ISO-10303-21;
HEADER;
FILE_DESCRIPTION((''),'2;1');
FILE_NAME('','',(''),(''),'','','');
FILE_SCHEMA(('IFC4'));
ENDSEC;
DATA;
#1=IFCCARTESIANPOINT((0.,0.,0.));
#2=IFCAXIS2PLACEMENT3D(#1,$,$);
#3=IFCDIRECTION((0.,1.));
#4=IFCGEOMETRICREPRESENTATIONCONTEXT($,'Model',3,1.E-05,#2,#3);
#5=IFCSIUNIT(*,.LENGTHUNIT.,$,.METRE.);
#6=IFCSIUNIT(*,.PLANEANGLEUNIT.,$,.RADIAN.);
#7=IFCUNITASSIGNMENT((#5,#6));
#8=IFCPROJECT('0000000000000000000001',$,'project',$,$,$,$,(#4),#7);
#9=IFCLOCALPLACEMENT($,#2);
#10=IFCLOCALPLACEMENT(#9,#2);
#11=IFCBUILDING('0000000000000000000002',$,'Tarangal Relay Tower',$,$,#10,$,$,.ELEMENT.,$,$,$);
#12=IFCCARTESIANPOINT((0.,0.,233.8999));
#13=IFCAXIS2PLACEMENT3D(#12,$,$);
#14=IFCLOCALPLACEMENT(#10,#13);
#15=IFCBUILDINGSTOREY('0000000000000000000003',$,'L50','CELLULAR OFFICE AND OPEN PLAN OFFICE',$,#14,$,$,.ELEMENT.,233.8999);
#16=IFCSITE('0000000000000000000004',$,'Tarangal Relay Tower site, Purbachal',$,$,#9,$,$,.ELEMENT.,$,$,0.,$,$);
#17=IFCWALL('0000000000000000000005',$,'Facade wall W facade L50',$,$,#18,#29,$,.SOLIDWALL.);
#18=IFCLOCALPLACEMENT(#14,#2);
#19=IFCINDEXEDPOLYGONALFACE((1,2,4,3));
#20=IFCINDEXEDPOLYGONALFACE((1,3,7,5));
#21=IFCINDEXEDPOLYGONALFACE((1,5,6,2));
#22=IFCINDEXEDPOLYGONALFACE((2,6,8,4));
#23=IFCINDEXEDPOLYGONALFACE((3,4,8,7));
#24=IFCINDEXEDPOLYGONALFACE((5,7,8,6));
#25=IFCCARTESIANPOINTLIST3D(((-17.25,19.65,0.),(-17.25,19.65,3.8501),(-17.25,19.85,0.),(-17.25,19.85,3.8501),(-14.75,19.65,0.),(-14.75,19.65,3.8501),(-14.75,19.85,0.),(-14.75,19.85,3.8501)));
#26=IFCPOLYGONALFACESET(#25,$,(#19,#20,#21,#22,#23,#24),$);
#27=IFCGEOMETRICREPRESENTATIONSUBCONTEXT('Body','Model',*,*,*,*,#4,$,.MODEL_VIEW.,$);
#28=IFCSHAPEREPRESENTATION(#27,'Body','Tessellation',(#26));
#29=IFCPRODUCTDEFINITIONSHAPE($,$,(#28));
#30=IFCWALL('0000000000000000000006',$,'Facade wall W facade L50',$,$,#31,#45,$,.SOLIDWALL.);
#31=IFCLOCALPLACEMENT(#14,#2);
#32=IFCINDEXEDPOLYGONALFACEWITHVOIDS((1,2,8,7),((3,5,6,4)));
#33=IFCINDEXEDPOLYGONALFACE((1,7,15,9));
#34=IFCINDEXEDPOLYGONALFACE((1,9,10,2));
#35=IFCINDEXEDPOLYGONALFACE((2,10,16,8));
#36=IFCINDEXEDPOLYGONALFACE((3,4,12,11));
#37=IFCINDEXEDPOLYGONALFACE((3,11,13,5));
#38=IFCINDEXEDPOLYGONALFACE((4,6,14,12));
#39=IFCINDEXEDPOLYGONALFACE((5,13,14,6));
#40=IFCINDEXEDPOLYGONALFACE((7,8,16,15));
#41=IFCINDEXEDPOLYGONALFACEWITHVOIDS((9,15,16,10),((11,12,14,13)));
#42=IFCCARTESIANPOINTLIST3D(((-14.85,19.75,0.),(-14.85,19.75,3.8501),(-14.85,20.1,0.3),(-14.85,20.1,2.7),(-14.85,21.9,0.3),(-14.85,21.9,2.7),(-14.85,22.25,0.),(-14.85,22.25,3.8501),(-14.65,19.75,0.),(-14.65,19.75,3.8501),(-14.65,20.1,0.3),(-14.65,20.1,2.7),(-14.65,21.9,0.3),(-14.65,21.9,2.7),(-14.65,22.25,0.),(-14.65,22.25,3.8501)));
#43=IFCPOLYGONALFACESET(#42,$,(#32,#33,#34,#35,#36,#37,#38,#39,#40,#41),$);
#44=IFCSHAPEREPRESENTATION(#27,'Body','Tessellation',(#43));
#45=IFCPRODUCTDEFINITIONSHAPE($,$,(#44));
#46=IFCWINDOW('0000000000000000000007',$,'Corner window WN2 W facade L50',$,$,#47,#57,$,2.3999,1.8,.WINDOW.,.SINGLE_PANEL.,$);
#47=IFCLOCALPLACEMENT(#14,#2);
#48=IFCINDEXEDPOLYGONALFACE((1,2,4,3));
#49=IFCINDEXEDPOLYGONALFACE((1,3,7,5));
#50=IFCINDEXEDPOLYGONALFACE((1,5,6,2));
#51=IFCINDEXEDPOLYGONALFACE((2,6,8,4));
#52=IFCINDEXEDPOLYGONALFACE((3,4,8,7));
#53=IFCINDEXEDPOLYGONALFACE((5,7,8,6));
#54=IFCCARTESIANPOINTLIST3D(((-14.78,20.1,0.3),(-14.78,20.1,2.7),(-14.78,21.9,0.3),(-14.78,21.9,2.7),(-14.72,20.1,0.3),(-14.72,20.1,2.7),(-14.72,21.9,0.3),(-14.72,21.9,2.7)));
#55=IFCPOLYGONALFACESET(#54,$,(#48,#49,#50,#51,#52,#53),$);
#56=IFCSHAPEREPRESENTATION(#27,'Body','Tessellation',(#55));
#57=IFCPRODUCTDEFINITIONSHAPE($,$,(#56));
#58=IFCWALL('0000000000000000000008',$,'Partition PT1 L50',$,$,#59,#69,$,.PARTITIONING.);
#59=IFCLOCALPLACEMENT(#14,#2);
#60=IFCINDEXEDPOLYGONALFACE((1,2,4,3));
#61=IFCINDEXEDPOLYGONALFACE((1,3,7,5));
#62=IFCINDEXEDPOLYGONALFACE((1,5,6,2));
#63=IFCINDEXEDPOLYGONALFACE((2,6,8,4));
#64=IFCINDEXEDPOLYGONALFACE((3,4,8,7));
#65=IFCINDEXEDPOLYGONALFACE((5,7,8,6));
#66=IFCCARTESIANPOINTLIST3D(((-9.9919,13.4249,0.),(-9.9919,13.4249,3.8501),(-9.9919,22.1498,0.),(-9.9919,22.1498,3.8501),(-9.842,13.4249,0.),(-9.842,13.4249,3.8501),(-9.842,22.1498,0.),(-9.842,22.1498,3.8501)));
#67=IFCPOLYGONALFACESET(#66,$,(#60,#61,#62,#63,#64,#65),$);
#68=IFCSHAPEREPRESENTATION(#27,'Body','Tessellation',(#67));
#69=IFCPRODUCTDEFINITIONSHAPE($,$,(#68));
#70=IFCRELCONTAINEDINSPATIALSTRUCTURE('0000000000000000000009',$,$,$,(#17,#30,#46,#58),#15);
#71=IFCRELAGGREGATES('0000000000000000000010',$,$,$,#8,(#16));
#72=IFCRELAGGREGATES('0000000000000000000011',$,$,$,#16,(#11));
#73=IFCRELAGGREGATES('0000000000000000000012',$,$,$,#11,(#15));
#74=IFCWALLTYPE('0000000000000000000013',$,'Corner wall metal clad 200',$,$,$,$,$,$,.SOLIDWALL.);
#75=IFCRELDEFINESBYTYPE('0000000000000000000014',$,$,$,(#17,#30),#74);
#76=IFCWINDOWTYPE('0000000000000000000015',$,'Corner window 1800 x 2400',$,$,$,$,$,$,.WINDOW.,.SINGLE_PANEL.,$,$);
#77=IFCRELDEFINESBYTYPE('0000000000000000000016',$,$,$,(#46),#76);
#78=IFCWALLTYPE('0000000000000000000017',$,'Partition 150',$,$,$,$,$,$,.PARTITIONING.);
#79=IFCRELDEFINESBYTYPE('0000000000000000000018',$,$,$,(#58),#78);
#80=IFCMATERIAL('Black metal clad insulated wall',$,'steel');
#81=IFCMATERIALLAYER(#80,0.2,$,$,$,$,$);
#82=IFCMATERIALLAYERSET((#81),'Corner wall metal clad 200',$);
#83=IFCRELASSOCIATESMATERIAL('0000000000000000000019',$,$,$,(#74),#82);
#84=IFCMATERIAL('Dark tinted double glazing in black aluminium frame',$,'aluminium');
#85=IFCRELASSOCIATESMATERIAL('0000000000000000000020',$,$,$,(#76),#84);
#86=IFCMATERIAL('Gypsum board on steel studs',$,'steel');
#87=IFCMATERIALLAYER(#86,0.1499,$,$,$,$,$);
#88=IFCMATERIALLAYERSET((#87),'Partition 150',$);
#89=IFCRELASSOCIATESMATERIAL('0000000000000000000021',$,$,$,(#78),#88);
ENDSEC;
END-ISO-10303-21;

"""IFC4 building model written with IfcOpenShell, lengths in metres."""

from ifc_helpers import new_model, si_unit, direction, frame, frame_2d, origin, place, context, subcontext, project, spatial, rectangle, extrude, material, layer, layer_set, type_object, element, fill, save


model = new_model("IFC4")

# Units and contexts
model_context = context("Model", 3, precision=1e-05, world=origin(), true_north=direction((0.0, 1.0)))
body_context = subcontext(model_context, "Body", "Model", "MODEL_VIEW")
ifc_project = project(units=[si_unit("LENGTHUNIT", "METRE"), si_unit("PLANEANGLEUNIT", "RADIAN")], contexts=[model_context])

# Site, building, storey
site_placement = place(None, origin())
site = spatial("IfcSite", under=ifc_project, at=site_placement, Name="Tarangal Relay Tower site, Purbachal", CompositionType="ELEMENT", RefElevation=0.0)
building_placement = place(site_placement, origin())
building = spatial("IfcBuilding", under=site, at=building_placement, Name="Tarangal Relay Tower", CompositionType="ELEMENT")
storey_placement = place(building_placement, frame((0.0, 0.0, 233.8999)))
storey = spatial("IfcBuildingStorey", under=building, at=storey_placement, Name="L50", Description="CELLULAR OFFICE AND OPEN PLAN OFFICE", CompositionType="ELEMENT", Elevation=233.8999)

# Wall
ifc_material_1 = material(Name="Black metal clad insulated wall", Category="steel")
ifc_layer_1 = layer(ifc_material_1, 0.2)
ifc_layer_set_1 = layer_set([ifc_layer_1], Name="Corner wall metal clad 200")
wall_type_1 = type_object("IfcWallType", Name="Corner wall metal clad 200", PredefinedType="SOLIDWALL", material=ifc_layer_set_1)
wall_1_placement = place(storey_placement, frame((-17.25, 19.75, 0.0), z_axis=(0.0, 0.0, 1.0), x_axis=(1.0, 0.0, 0.0)))
element("IfcWall", 1, at=wall_1_placement, inside=storey, type_object=wall_type_1, Name="Facade wall W facade L50", PredefinedType="SOLIDWALL", context=body_context, shape_type="SweptSolid", body=[
    extrude(rectangle(XDim=2.5, YDim=0.2, at=frame_2d((1.25, 0.0))), origin(), (0.0, 0.0, 1.0), 3.8501),
])

# Wall, opening, window
wall_2_placement = place(storey_placement, frame((-14.75, 19.75, 0.0), z_axis=(0.0, 0.0, 1.0), x_axis=(0.0, 1.0, 0.0)))
wall_2 = element("IfcWall", 2, at=wall_2_placement, inside=storey, type_object=wall_type_1, Name="Facade wall W facade L50", PredefinedType="SOLIDWALL", context=body_context, shape_type="SweptSolid", body=[
    extrude(rectangle(XDim=2.5, YDim=0.2, at=frame_2d((1.25, 0.0))), origin(), (0.0, 0.0, 1.0), 3.8501),
])
opening_1_placement = place(wall_2_placement, frame((0.3501, 0.0, 0.3)))
opening_1 = element("IfcOpeningElement", 3, at=opening_1_placement, cuts=wall_2, PredefinedType="OPENING", context=body_context, shape_type="SweptSolid", body=[
    extrude(rectangle(XDim=1.8, YDim=2.3999, at=frame_2d((0.8999, 1.2))), frame((0.0, 0.1099, 0.0), z_axis=(0.0, -1.0, 0.0), x_axis=(1.0, 0.0, 0.0)), (0.0, 0.0, 1.0), 0.22),
])
ifc_material_2 = material(Name="Dark tinted double glazing in black aluminium frame", Category="aluminium")
window_type = type_object("IfcWindowType", Name="Corner window 1800 x 2400", PartitioningType="SINGLE_PANEL", PredefinedType="WINDOW", material=ifc_material_2)
window_placement = place(opening_1_placement, origin())
window = element("IfcWindow", 4, at=window_placement, inside=storey, type_object=window_type, Name="Corner window WN2 W facade L50", OverallHeight=2.3999, OverallWidth=1.8, PartitioningType="SINGLE_PANEL", PredefinedType="WINDOW", context=body_context, shape_type="SweptSolid", body=[
    extrude(rectangle(XDim=1.8, YDim=2.3999, at=frame_2d((0.8999, 1.2))), frame((0.0, 0.03, 0.0), z_axis=(0.0, -1.0, 0.0), x_axis=(1.0, 0.0, 0.0)), (0.0, 0.0, 1.0), 0.0601),
])
fill(opening_1, window)

# Shared definitions
ifc_material_3 = material(Name="Gypsum board on steel studs", Category="steel")
ifc_layer_2 = layer(ifc_material_3, 0.1499)
ifc_layer_set_2 = layer_set([ifc_layer_2], Name="Partition 150")
wall_type_2 = type_object("IfcWallType", Name="Partition 150", PredefinedType="PARTITIONING", material=ifc_layer_set_2)

# Wall
wall_3_placement = place(storey_placement, frame((-9.917, 13.425, 0.0), z_axis=(0.0, 0.0, 1.0), x_axis=(0.0, 1.0, 0.0)))
element("IfcWall", 5, at=wall_3_placement, inside=storey, type_object=wall_type_2, Name="Partition PT1 L50", PredefinedType="PARTITIONING", context=body_context, shape_type="SweptSolid", body=[
    extrude(rectangle(XDim=8.7249, YDim=0.1499, at=frame_2d((4.3623, 0.0))), origin(), (0.0, 0.0, 1.0), 3.8501),
])

save(model, "model.ifc")
